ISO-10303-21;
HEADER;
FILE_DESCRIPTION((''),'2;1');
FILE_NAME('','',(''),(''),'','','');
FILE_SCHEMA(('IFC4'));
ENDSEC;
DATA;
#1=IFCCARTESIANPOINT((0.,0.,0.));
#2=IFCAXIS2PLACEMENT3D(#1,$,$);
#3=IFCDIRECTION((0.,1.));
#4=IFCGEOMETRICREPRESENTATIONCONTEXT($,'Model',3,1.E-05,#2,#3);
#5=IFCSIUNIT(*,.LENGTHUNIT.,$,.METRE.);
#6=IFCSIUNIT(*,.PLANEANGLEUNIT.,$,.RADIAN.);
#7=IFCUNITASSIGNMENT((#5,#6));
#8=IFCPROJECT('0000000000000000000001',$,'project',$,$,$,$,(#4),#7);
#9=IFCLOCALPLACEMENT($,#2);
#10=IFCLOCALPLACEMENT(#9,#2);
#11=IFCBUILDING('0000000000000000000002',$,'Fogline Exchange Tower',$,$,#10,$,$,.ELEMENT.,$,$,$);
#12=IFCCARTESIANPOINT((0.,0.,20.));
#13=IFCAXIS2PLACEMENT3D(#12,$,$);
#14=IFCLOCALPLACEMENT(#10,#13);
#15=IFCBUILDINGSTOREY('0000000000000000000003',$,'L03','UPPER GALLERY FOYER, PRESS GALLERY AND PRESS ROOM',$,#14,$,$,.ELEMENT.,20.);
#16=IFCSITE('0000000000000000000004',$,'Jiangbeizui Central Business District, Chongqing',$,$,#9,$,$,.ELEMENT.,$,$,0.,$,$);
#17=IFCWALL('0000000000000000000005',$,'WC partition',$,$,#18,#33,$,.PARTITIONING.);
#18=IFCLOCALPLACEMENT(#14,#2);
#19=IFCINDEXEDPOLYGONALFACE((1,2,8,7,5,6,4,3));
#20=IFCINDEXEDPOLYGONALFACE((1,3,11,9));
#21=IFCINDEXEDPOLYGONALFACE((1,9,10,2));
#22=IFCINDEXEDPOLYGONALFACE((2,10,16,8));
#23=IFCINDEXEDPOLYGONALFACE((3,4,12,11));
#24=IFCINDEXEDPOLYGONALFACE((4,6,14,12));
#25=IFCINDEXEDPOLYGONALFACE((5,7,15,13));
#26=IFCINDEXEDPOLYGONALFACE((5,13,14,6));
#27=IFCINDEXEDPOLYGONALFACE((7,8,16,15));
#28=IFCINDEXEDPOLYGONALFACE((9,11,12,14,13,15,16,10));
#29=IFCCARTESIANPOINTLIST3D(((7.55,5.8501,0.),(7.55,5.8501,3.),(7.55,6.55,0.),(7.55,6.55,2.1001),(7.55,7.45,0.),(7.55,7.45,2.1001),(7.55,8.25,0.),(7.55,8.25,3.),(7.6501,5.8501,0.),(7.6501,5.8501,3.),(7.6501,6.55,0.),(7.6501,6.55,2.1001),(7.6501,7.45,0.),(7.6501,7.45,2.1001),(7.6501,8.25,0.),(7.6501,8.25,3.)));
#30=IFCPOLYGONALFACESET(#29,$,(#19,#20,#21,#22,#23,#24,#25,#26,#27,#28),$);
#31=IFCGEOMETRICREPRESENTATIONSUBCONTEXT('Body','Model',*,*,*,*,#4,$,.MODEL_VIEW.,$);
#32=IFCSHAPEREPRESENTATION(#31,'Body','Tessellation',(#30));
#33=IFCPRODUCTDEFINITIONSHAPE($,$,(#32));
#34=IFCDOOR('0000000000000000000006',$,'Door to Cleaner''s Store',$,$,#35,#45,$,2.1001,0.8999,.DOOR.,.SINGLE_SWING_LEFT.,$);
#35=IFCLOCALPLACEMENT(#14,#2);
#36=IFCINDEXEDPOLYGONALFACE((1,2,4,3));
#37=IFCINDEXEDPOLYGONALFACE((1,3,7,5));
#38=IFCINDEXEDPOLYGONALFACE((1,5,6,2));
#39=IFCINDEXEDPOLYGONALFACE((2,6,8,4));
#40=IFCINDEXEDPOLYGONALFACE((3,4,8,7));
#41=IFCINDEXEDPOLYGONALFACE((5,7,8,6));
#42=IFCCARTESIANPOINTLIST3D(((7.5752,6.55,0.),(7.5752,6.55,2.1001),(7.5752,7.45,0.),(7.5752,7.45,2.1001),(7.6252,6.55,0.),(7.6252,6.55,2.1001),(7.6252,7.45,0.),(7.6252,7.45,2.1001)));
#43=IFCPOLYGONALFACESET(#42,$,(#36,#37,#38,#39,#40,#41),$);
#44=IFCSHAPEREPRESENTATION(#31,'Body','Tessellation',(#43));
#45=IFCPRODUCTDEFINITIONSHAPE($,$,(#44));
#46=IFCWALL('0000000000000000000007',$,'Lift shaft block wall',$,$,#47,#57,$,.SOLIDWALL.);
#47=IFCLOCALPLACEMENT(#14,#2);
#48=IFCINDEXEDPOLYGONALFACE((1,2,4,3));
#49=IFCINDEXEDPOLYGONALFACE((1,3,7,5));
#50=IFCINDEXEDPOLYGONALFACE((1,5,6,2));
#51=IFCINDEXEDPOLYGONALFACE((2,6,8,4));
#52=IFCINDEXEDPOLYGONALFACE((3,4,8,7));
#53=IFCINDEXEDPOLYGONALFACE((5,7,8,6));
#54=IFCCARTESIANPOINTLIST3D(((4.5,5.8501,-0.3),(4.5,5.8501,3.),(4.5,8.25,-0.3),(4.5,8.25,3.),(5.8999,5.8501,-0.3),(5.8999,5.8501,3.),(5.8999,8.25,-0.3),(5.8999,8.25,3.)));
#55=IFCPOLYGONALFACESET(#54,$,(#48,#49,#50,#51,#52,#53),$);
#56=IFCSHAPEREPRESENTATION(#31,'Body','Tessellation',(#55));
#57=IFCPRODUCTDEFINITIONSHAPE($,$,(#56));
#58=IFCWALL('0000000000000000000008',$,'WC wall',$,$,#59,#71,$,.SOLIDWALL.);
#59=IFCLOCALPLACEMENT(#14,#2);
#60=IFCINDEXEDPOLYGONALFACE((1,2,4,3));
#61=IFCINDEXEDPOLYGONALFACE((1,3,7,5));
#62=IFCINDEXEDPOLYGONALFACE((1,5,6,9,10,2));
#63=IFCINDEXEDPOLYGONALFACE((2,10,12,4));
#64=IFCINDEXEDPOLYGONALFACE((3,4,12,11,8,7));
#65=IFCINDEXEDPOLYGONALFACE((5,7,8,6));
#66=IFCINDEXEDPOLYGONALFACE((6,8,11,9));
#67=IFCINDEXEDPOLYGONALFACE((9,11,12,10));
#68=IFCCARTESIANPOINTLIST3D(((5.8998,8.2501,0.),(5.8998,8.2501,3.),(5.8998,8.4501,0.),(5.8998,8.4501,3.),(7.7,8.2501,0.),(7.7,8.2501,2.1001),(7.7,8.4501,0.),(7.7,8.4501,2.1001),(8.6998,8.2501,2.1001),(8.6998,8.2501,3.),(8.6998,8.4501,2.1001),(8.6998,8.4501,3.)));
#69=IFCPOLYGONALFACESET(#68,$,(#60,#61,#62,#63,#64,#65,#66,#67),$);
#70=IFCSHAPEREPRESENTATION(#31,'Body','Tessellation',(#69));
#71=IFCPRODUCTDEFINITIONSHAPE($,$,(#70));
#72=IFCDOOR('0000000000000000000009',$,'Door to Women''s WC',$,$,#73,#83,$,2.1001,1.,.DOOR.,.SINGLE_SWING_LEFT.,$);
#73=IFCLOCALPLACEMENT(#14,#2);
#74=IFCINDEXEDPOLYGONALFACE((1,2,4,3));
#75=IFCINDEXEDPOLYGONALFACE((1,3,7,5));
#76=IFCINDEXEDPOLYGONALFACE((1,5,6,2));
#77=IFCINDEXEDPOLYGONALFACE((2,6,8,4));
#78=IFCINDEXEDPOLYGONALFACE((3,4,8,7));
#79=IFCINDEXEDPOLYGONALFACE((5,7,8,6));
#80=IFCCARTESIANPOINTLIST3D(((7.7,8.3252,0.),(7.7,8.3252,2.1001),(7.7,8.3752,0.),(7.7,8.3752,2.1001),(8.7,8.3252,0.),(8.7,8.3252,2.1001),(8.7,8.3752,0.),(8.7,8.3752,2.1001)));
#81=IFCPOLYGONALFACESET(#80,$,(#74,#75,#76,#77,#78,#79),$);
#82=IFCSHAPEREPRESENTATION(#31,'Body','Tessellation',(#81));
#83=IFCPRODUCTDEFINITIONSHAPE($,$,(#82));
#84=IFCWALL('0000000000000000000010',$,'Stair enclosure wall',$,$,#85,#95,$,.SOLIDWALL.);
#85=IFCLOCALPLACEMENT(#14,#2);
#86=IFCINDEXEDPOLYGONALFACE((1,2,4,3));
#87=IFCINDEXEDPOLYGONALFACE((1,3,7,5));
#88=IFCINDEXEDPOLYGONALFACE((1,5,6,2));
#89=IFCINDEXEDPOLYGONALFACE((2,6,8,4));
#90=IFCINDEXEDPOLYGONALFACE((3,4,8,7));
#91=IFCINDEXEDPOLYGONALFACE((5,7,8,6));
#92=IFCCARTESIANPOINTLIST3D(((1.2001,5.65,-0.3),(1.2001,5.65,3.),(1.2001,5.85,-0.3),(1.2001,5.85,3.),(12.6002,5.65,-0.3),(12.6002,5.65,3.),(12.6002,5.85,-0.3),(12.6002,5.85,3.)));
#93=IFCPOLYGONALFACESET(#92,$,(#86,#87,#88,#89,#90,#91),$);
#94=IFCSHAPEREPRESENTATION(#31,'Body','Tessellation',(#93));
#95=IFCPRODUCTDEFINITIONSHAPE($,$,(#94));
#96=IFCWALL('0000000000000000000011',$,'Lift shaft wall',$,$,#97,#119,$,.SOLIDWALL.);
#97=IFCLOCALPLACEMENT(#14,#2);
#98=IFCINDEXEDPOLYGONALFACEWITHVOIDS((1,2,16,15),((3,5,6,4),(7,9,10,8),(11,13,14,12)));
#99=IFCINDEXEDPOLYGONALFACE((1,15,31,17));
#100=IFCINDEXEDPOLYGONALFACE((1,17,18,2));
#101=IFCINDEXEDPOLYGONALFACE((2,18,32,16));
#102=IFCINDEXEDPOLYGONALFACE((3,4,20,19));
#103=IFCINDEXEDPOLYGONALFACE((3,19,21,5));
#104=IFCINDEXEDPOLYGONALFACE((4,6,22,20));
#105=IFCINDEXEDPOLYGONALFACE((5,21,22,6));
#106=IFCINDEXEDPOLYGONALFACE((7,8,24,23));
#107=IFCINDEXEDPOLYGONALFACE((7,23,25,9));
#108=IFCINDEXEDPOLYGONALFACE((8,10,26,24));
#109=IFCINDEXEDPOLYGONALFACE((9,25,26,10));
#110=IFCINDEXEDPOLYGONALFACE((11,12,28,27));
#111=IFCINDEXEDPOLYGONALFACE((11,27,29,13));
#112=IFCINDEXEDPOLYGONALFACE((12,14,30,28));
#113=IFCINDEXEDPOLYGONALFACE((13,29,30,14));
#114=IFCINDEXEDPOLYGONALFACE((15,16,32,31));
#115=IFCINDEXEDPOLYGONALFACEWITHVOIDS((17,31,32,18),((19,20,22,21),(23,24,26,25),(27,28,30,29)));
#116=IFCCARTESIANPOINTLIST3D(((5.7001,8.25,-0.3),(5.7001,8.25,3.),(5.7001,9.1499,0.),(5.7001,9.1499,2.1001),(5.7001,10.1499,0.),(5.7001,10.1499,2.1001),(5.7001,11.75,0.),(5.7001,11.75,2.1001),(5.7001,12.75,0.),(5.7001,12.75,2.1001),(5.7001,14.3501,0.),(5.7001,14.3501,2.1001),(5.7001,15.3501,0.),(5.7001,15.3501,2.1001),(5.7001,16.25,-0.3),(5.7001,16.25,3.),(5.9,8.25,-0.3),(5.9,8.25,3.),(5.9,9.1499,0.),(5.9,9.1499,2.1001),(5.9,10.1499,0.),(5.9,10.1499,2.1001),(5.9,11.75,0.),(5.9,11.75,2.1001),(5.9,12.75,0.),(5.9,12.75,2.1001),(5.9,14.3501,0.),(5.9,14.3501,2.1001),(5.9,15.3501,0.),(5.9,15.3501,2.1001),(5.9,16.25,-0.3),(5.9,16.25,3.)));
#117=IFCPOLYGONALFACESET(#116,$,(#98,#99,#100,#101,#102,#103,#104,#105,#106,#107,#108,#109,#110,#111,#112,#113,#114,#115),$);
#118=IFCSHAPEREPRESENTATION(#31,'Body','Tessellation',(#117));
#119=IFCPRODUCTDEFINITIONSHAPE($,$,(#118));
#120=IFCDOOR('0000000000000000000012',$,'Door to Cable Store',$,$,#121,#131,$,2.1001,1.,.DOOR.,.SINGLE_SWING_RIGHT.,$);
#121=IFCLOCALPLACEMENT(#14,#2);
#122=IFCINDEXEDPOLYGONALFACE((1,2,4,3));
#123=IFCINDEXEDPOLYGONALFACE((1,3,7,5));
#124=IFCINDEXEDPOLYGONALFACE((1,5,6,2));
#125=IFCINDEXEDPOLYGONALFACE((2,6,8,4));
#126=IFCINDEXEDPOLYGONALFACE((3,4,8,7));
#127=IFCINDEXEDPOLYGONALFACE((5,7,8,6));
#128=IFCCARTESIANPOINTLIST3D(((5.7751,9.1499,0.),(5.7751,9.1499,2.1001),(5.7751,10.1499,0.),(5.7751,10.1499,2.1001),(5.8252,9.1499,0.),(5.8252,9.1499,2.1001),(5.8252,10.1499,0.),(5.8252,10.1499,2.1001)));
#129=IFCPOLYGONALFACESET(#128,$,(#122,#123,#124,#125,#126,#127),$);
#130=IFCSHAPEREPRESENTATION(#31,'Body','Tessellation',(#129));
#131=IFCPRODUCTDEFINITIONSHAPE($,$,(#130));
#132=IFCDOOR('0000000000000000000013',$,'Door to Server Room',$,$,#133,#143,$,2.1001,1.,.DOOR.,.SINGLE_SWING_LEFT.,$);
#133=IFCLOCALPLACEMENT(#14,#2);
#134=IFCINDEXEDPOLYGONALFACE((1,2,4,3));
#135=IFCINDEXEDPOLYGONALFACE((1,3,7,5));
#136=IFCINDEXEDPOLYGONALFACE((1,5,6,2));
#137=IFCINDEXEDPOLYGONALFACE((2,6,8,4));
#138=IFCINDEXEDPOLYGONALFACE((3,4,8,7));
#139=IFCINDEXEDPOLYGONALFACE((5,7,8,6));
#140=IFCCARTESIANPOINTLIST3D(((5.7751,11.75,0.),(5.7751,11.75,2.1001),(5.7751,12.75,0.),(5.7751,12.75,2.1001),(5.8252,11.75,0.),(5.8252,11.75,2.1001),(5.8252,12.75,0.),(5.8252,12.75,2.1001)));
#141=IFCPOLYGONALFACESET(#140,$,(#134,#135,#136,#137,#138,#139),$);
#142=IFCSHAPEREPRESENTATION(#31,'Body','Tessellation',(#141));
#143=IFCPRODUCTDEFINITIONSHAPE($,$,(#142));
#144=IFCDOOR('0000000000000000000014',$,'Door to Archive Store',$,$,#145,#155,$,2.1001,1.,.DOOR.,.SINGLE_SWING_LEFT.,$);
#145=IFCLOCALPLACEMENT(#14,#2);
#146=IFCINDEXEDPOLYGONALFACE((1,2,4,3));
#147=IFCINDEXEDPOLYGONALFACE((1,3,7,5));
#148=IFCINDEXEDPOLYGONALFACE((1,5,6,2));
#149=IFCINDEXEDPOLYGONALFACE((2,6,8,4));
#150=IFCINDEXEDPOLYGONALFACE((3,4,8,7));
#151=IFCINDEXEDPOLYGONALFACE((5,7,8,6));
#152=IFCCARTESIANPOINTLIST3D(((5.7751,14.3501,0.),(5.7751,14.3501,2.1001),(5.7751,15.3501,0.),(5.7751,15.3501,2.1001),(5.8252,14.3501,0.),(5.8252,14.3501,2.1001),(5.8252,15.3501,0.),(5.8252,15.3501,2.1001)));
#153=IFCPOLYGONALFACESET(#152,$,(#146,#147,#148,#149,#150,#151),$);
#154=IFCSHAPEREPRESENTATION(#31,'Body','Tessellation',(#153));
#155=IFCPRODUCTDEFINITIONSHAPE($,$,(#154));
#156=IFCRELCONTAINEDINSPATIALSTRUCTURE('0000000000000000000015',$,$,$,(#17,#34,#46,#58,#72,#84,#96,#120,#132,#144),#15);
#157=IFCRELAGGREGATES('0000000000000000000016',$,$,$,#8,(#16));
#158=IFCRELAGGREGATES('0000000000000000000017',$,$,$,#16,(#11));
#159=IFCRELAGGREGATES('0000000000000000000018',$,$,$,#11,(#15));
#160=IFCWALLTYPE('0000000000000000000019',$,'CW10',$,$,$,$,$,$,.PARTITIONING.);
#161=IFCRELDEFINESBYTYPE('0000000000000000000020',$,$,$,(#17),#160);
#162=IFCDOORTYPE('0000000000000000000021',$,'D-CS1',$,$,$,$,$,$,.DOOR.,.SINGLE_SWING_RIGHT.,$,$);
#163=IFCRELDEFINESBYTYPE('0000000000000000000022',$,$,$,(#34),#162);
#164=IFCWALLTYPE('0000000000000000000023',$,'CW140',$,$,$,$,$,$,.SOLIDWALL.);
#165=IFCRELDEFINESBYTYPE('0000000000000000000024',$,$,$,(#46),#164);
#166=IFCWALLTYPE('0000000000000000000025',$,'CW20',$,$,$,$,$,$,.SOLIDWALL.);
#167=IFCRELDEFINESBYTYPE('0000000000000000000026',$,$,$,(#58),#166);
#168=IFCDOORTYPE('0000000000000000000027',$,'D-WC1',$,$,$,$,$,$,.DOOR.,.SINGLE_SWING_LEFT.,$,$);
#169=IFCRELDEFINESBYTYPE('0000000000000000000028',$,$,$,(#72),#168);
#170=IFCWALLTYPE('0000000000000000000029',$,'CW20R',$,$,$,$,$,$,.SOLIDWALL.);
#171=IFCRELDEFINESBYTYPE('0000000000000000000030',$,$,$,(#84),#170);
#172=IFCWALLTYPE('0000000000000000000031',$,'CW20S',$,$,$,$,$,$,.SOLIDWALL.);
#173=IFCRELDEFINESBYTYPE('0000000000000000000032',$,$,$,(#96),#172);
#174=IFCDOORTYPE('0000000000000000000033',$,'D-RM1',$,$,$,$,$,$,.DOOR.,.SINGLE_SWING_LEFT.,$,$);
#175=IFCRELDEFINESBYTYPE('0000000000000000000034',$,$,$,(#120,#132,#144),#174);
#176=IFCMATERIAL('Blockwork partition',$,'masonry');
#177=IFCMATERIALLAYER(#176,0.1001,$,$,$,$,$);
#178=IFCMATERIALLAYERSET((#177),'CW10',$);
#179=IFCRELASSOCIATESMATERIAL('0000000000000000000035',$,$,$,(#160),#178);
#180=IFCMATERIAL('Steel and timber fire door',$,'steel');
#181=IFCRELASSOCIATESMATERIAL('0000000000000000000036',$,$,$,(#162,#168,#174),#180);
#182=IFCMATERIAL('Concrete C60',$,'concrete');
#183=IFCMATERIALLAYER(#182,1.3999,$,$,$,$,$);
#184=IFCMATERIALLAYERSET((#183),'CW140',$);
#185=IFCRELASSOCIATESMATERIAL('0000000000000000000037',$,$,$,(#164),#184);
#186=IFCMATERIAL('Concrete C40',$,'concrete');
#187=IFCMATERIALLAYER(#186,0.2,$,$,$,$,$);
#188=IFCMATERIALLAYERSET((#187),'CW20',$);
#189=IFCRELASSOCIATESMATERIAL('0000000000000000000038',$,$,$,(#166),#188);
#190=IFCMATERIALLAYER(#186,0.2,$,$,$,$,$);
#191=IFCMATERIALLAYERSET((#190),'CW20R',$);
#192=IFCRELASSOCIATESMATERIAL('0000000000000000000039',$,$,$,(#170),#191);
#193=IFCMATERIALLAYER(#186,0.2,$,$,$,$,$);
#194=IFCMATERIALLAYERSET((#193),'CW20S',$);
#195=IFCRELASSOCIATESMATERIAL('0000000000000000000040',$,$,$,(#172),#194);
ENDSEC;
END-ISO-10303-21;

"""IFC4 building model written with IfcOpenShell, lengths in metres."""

from ifc_helpers import new_model, si_unit, direction, frame, frame_2d, origin, place, context, subcontext, project, spatial, rectangle, extrude, material, layer, layer_set, type_object, element, fill, save


model = new_model("IFC4")

# Units and contexts
model_context = context("Model", 3, precision=1e-05, world=origin(), true_north=direction((0.0, 1.0)))
body_context = subcontext(model_context, "Body", "Model", "MODEL_VIEW")
ifc_project = project(units=[si_unit("LENGTHUNIT", "METRE"), si_unit("PLANEANGLEUNIT", "RADIAN")], contexts=[model_context])

# Site, building, storey
site_placement = place(None, origin())
site = spatial("IfcSite", under=ifc_project, at=site_placement, Name="Jiangbeizui Central Business District, Chongqing", CompositionType="ELEMENT", RefElevation=0.0)
building_placement = place(site_placement, origin())
building = spatial("IfcBuilding", under=site, at=building_placement, Name="Fogline Exchange Tower", CompositionType="ELEMENT")
storey_placement = place(building_placement, frame((0.0, 0.0, 20.0)))
storey = spatial("IfcBuildingStorey", under=building, at=storey_placement, Name="L03", Description="UPPER GALLERY FOYER, PRESS GALLERY AND PRESS ROOM", CompositionType="ELEMENT", Elevation=20.0)

# Shared definitions
ifc_material_1 = material(Name="Concrete C40", Category="concrete")

# Wall, opening, door
ifc_material_2 = material(Name="Blockwork partition", Category="masonry")
ifc_layer_1 = layer(ifc_material_2, 0.1001)
ifc_layer_set_1 = layer_set([ifc_layer_1], Name="CW10")
wall_type_1 = type_object("IfcWallType", Name="CW10", PredefinedType="PARTITIONING", material=ifc_layer_set_1)
wall_1_placement = place(storey_placement, frame((7.6001, 5.8501, 0.0), z_axis=(0.0, 0.0, 1.0), x_axis=(0.0, 1.0, 0.0)))
wall_1 = element("IfcWall", 1, at=wall_1_placement, inside=storey, type_object=wall_type_1, Name="WC partition", PredefinedType="PARTITIONING", context=body_context, shape_type="SweptSolid", body=[
    extrude(rectangle(XDim=2.3999, YDim=0.1001, at=frame_2d((1.2, 0.0))), origin(), (0.0, 0.0, 1.0), 3.0),
])
opening_1_placement = place(wall_1_placement, frame((0.7, 0.0, 0.0)))
opening_1 = element("IfcOpeningElement", 2, at=opening_1_placement, cuts=wall_1, PredefinedType="OPENING", context=body_context, shape_type="SweptSolid", body=[
    extrude(rectangle(XDim=0.8999, YDim=2.1001, at=frame_2d((0.45, 1.05))), frame((0.0, 0.0601, 0.0), z_axis=(0.0, -1.0, 0.0), x_axis=(1.0, 0.0, 0.0)), (0.0, 0.0, 1.0), 0.1201),
])
ifc_material_3 = material(Name="Steel and timber fire door", Category="steel")
door_type_1 = type_object("IfcDoorType", Name="D-CS1", OperationType="SINGLE_SWING_RIGHT", PredefinedType="DOOR", material=ifc_material_3)
door_1_placement = place(opening_1_placement, origin())
door_1 = element("IfcDoor", 3, at=door_1_placement, inside=storey, type_object=door_type_1, Name="Door to Cleaner's Store", OperationType="SINGLE_SWING_LEFT", OverallHeight=2.1001, OverallWidth=0.8999, PredefinedType="DOOR", context=body_context, shape_type="SweptSolid", body=[
    extrude(rectangle(XDim=0.8999, YDim=2.1001, at=frame_2d((0.45, 1.05))), frame((0.0, 0.0249, 0.0), z_axis=(0.0, -1.0, 0.0), x_axis=(1.0, 0.0, 0.0)), (0.0, 0.0, 1.0), 0.05),
])
fill(opening_1, door_1)

# Wall
ifc_material_4 = material(Name="Concrete C60", Category="concrete")
ifc_layer_2 = layer(ifc_material_4, 1.3999)
ifc_layer_set_2 = layer_set([ifc_layer_2], Name="CW140")
wall_type_2 = type_object("IfcWallType", Name="CW140", PredefinedType="SOLIDWALL", material=ifc_layer_set_2)
wall_2_placement = place(storey_placement, frame((5.2, 5.8501, -0.3), z_axis=(0.0, 0.0, 1.0), x_axis=(0.0, 1.0, 0.0)))
element("IfcWall", 4, at=wall_2_placement, inside=storey, type_object=wall_type_2, Name="Lift shaft block wall", PredefinedType="SOLIDWALL", context=body_context, shape_type="SweptSolid", body=[
    extrude(rectangle(XDim=2.3999, YDim=1.3999, at=frame_2d((1.2, 0.0))), origin(), (0.0, 0.0, 1.0), 3.3),
])

# Wall, opening, door
ifc_layer_3 = layer(ifc_material_1, 0.2)
ifc_layer_set_3 = layer_set([ifc_layer_3], Name="CW20")
wall_type_3 = type_object("IfcWallType", Name="CW20", PredefinedType="SOLIDWALL", material=ifc_layer_set_3)
wall_3_placement = place(storey_placement, frame((5.8999, 8.3501, 0.0), z_axis=(0.0, 0.0, 1.0), x_axis=(1.0, 0.0, 0.0)))
wall_3 = element("IfcWall", 5, at=wall_3_placement, inside=storey, type_object=wall_type_3, Name="WC wall", PredefinedType="SOLIDWALL", context=body_context, shape_type="SweptSolid", body=[
    extrude(rectangle(XDim=2.8, YDim=0.2, at=frame_2d((1.3999, 0.0))), origin(), (0.0, 0.0, 1.0), 3.0),
])
opening_2_placement = place(wall_3_placement, frame((1.8, 0.0, 0.0)))
opening_2 = element("IfcOpeningElement", 6, at=opening_2_placement, cuts=wall_3, PredefinedType="OPENING", context=body_context, shape_type="SweptSolid", body=[
    extrude(rectangle(XDim=1.0, YDim=2.1001, at=frame_2d((0.5, 1.05))), frame((0.0, 0.1099, 0.0), z_axis=(0.0, -1.0, 0.0), x_axis=(1.0, 0.0, 0.0)), (0.0, 0.0, 1.0), 0.22),
])
door_type_2 = type_object("IfcDoorType", Name="D-WC1", OperationType="SINGLE_SWING_LEFT", PredefinedType="DOOR", material=ifc_material_3)
door_2_placement = place(opening_2_placement, frame((1.0, 0.0, 0.0), z_axis=(0.0, 0.0, 1.0), x_axis=(-1.0, 0.0, 0.0)))
door_2 = element("IfcDoor", 7, at=door_2_placement, inside=storey, type_object=door_type_2, Name="Door to Women's WC", OperationType="SINGLE_SWING_LEFT", OverallHeight=2.1001, OverallWidth=1.0, PredefinedType="DOOR", context=body_context, shape_type="SweptSolid", body=[
    extrude(rectangle(XDim=1.0, YDim=2.1001, at=frame_2d((0.5, 1.05))), frame((0.0, 0.0249, 0.0), z_axis=(0.0, -1.0, 0.0), x_axis=(1.0, 0.0, 0.0)), (0.0, 0.0, 1.0), 0.05),
])
fill(opening_2, door_2)

# Wall
ifc_layer_4 = layer(ifc_material_1, 0.2)
ifc_layer_set_4 = layer_set([ifc_layer_4], Name="CW20R")
wall_type_4 = type_object("IfcWallType", Name="CW20R", PredefinedType="SOLIDWALL", material=ifc_layer_set_4)
wall_4_placement = place(storey_placement, frame((1.2, 5.75, -0.3), z_axis=(0.0, 0.0, 1.0), x_axis=(1.0, 0.0, 0.0)))
element("IfcWall", 8, at=wall_4_placement, inside=storey, type_object=wall_type_4, Name="Stair enclosure wall", PredefinedType="SOLIDWALL", context=body_context, shape_type="SweptSolid", body=[
    extrude(rectangle(XDim=11.4001, YDim=0.2, at=frame_2d((5.7002, 0.0))), origin(), (0.0, 0.0, 1.0), 3.3),
])

# Wall, openings, doors
ifc_layer_5 = layer(ifc_material_1, 0.2)
ifc_layer_set_5 = layer_set([ifc_layer_5], Name="CW20S")
wall_type_5 = type_object("IfcWallType", Name="CW20S", PredefinedType="SOLIDWALL", material=ifc_layer_set_5)
wall_5_placement = place(storey_placement, frame((5.8, 8.25, -0.3), z_axis=(0.0, 0.0, 1.0), x_axis=(0.0, 1.0, 0.0)))
wall_5 = element("IfcWall", 9, at=wall_5_placement, inside=storey, type_object=wall_type_5, Name="Lift shaft wall", PredefinedType="SOLIDWALL", context=body_context, shape_type="SweptSolid", body=[
    extrude(rectangle(XDim=8.0, YDim=0.2, at=frame_2d((4.0, 0.0))), origin(), (0.0, 0.0, 1.0), 3.3),
])
opening_3_placement = place(wall_5_placement, frame((0.8999, 0.0, 0.3)))
opening_3 = element("IfcOpeningElement", 10, at=opening_3_placement, cuts=wall_5, PredefinedType="OPENING", context=body_context, shape_type="SweptSolid", body=[
    extrude(rectangle(XDim=1.0, YDim=2.1001, at=frame_2d((0.5, 1.05))), frame((0.0, 0.1099, 0.0), z_axis=(0.0, -1.0, 0.0), x_axis=(1.0, 0.0, 0.0)), (0.0, 0.0, 1.0), 0.22),
])
opening_4_placement = place(wall_5_placement, frame((3.5, 0.0, 0.3)))
opening_4 = element("IfcOpeningElement", 11, at=opening_4_placement, cuts=wall_5, PredefinedType="OPENING", context=body_context, shape_type="SweptSolid", body=[
    extrude(rectangle(XDim=1.0, YDim=2.1001, at=frame_2d((0.5, 1.05))), frame((0.0, 0.1099, 0.0), z_axis=(0.0, -1.0, 0.0), x_axis=(1.0, 0.0, 0.0)), (0.0, 0.0, 1.0), 0.22),
])
opening_5_placement = place(wall_5_placement, frame((6.1001, 0.0, 0.3)))
opening_5 = element("IfcOpeningElement", 12, at=opening_5_placement, cuts=wall_5, PredefinedType="OPENING", context=body_context, shape_type="SweptSolid", body=[
    extrude(rectangle(XDim=1.0, YDim=2.1001, at=frame_2d((0.5, 1.05))), frame((0.0, 0.1099, 0.0), z_axis=(0.0, -1.0, 0.0), x_axis=(1.0, 0.0, 0.0)), (0.0, 0.0, 1.0), 0.22),
])
door_type_3 = type_object("IfcDoorType", Name="D-RM1", OperationType="SINGLE_SWING_LEFT", PredefinedType="DOOR", material=ifc_material_3)
door_3_placement = place(opening_3_placement, origin())
door_3 = element("IfcDoor", 13, at=door_3_placement, inside=storey, type_object=door_type_3, Name="Door to Cable Store", OperationType="SINGLE_SWING_RIGHT", OverallHeight=2.1001, OverallWidth=1.0, PredefinedType="DOOR", context=body_context, shape_type="SweptSolid", body=[
    extrude(rectangle(XDim=1.0, YDim=2.1001, at=frame_2d((0.5, 1.05))), frame((0.0, 0.0249, 0.0), z_axis=(0.0, -1.0, 0.0), x_axis=(1.0, 0.0, 0.0)), (0.0, 0.0, 1.0), 0.05),
])
fill(opening_3, door_3)
door_4_placement = place(opening_4_placement, origin())
door_4 = element("IfcDoor", 14, at=door_4_placement, inside=storey, type_object=door_type_3, Name="Door to Server Room", OperationType="SINGLE_SWING_LEFT", OverallHeight=2.1001, OverallWidth=1.0, PredefinedType="DOOR", context=body_context, shape_type="SweptSolid", body=[
    extrude(rectangle(XDim=1.0, YDim=2.1001, at=frame_2d((0.5, 1.05))), frame((0.0, 0.0249, 0.0), z_axis=(0.0, -1.0, 0.0), x_axis=(1.0, 0.0, 0.0)), (0.0, 0.0, 1.0), 0.05),
])
fill(opening_4, door_4)
door_5_placement = place(opening_5_placement, origin())
door_5 = element("IfcDoor", 15, at=door_5_placement, inside=storey, type_object=door_type_3, Name="Door to Archive Store", OperationType="SINGLE_SWING_LEFT", OverallHeight=2.1001, OverallWidth=1.0, PredefinedType="DOOR", context=body_context, shape_type="SweptSolid", body=[
    extrude(rectangle(XDim=1.0, YDim=2.1001, at=frame_2d((0.5, 1.05))), frame((0.0, 0.0249, 0.0), z_axis=(0.0, -1.0, 0.0), x_axis=(1.0, 0.0, 0.0)), (0.0, 0.0, 1.0), 0.05),
])
fill(opening_5, door_5)

save(model, "model.ifc")
